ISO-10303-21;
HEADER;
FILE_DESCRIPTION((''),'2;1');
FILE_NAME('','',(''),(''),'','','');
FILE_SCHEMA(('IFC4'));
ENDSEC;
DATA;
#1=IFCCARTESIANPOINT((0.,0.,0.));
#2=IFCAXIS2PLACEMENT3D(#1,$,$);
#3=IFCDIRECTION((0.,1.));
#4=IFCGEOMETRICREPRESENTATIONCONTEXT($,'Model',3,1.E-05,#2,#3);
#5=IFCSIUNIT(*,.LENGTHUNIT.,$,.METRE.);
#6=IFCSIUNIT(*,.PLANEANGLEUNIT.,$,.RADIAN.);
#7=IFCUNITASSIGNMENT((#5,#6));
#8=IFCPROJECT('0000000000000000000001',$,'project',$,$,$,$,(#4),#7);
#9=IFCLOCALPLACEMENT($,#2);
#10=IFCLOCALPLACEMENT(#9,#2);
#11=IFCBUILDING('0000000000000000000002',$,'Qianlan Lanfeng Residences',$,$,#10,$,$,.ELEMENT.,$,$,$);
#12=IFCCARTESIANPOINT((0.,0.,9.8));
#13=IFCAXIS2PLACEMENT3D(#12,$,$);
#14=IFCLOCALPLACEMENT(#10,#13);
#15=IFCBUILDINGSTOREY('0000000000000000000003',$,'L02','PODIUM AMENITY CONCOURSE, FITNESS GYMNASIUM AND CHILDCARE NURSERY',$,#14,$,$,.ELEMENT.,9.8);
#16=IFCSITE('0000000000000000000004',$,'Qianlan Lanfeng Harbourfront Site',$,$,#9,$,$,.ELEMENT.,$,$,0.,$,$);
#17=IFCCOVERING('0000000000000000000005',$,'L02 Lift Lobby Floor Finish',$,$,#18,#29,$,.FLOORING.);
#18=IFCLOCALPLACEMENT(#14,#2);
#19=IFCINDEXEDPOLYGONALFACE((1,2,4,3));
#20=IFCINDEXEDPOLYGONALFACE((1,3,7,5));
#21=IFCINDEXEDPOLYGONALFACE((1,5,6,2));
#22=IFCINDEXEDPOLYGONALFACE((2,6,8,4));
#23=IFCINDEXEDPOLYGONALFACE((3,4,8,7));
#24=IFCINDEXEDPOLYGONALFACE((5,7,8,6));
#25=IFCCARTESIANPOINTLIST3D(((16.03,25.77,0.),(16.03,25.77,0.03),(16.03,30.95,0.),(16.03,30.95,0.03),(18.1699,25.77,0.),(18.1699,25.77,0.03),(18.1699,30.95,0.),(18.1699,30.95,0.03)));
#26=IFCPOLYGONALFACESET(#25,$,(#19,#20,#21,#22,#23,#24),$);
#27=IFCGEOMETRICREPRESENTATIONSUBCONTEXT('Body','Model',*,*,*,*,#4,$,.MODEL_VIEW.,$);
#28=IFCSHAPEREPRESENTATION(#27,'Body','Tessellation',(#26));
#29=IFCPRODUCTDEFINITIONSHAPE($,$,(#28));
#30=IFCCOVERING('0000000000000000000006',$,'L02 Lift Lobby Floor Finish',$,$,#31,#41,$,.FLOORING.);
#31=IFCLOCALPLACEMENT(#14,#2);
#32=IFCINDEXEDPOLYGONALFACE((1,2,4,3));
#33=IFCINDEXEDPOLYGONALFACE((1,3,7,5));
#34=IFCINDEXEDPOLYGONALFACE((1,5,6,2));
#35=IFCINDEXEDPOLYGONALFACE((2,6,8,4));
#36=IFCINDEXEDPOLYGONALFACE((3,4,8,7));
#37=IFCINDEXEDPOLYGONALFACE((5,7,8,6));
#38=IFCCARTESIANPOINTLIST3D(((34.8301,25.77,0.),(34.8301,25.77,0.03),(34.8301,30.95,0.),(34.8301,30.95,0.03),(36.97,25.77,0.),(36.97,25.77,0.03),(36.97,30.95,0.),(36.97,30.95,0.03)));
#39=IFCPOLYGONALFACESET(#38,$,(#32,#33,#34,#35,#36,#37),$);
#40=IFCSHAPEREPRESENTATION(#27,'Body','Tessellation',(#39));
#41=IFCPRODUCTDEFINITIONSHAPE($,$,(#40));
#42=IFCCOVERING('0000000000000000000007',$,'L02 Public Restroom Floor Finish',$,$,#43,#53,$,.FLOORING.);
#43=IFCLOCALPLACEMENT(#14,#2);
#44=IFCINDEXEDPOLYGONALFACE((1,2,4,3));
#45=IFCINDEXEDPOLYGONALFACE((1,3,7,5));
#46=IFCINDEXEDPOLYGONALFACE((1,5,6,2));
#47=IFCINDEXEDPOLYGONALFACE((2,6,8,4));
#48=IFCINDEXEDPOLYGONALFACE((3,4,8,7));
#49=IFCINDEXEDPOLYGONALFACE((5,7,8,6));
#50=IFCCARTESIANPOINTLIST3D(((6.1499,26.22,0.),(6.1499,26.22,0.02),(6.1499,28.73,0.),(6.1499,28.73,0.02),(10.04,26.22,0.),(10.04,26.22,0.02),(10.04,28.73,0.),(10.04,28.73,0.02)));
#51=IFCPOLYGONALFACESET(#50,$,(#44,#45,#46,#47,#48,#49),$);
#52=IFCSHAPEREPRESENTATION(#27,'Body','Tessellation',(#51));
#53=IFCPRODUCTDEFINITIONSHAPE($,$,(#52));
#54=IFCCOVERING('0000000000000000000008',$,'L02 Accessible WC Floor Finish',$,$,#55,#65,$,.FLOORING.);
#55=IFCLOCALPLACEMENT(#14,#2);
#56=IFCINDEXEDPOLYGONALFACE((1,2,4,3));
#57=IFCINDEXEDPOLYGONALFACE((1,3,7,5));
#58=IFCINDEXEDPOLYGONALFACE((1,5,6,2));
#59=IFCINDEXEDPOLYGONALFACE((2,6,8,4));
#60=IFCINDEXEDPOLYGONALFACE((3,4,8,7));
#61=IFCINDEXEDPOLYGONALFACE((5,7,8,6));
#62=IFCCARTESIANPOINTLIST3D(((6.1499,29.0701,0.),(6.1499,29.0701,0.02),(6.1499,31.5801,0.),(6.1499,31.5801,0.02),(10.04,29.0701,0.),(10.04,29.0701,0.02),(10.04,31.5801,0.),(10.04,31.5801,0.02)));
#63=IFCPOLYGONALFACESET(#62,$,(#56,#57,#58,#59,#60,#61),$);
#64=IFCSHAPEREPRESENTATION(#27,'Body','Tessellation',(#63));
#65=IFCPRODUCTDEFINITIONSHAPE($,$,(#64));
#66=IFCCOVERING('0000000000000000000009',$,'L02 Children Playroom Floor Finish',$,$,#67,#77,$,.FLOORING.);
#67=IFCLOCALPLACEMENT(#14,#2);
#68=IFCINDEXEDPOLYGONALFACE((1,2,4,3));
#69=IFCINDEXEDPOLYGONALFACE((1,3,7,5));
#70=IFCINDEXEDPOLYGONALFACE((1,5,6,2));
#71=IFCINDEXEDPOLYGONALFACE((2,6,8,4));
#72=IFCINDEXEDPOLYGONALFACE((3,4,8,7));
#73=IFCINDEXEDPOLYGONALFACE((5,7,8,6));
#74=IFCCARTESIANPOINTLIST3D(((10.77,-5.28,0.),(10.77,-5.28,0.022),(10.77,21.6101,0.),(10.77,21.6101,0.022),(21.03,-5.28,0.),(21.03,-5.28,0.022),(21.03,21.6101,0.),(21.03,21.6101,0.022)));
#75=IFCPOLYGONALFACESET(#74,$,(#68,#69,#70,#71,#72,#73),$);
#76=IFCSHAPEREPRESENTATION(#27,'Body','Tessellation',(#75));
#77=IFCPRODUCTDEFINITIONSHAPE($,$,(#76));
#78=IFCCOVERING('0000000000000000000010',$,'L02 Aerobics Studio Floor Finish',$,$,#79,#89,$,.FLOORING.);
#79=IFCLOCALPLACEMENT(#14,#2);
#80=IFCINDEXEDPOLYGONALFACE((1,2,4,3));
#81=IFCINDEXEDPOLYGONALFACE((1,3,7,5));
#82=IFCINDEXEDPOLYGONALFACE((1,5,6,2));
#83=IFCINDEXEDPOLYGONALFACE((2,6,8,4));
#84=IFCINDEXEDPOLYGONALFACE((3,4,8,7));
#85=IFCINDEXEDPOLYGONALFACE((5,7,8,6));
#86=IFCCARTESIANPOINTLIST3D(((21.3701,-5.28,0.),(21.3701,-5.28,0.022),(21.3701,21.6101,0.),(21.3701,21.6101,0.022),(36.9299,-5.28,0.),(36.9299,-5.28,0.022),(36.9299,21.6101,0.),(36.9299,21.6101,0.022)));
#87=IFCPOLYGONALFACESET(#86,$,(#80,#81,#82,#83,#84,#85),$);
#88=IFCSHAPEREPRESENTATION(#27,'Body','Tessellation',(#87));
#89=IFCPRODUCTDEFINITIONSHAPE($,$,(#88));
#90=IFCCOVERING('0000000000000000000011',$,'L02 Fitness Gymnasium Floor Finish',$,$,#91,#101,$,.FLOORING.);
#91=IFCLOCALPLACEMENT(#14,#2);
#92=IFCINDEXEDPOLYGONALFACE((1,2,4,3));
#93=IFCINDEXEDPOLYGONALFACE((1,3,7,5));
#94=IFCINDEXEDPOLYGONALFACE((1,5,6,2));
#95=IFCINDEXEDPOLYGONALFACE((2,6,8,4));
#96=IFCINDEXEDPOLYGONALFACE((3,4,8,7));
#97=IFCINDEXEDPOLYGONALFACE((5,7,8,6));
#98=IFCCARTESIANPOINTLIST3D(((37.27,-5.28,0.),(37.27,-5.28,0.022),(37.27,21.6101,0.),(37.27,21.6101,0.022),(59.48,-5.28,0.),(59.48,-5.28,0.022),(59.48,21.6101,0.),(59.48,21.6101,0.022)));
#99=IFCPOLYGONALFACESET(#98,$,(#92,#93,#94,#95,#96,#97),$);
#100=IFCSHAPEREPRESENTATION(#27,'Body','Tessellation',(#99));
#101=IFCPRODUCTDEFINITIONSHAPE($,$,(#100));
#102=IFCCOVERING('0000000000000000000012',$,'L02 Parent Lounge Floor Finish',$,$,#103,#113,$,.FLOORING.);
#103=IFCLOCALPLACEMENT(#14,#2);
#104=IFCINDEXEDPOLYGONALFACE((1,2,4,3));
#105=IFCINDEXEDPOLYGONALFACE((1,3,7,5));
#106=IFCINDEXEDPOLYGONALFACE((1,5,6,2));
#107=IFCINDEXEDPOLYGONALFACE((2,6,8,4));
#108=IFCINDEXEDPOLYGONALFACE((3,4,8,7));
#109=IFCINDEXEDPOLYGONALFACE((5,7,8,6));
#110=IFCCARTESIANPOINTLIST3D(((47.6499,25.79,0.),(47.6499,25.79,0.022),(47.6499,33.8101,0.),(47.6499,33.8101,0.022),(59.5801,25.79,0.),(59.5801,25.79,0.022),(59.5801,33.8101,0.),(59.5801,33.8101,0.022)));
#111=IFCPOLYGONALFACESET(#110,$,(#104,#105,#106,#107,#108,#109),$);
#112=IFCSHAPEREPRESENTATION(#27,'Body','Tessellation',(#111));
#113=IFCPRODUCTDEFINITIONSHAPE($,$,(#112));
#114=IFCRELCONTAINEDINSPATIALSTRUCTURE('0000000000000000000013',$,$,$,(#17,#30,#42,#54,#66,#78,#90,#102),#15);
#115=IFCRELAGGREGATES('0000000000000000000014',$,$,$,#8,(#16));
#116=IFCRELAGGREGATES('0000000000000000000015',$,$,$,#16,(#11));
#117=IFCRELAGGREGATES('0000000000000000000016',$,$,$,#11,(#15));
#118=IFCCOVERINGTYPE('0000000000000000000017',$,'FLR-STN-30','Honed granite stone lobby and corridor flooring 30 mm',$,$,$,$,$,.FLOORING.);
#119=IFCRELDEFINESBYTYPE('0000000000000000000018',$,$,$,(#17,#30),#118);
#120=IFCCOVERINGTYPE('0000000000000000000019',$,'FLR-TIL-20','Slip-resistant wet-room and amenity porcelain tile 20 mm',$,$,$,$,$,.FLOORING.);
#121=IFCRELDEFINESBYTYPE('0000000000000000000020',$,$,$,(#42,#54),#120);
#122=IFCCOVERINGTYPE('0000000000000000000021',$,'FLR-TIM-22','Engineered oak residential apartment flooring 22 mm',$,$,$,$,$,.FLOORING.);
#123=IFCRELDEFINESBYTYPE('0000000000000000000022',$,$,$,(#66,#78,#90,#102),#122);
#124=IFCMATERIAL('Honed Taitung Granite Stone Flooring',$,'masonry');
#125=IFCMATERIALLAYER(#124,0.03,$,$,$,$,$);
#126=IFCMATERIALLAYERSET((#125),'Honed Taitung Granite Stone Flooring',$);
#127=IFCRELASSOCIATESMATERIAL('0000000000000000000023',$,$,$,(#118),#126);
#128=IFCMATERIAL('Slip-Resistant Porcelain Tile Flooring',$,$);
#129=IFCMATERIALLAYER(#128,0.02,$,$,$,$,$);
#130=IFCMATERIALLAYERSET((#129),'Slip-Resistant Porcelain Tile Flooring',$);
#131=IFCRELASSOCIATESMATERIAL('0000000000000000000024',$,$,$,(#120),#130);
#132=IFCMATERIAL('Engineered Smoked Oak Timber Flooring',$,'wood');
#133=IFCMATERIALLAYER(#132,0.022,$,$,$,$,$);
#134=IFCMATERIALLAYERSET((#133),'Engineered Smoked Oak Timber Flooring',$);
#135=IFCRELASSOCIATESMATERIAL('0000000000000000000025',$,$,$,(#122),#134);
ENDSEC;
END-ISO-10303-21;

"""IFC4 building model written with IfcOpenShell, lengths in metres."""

from ifc_helpers import new_model, si_unit, direction, frame, origin, place, context, subcontext, project, spatial, polyline, outline, extrude, material, layer, layer_set, type_object, element, save


model = new_model("IFC4")

# Units and contexts
model_context = context("Model", 3, precision=1e-05, world=origin(), true_north=direction((0.0, 1.0)))
body_context = subcontext(model_context, "Body", "Model", "MODEL_VIEW")
ifc_project = project(units=[si_unit("LENGTHUNIT", "METRE"), si_unit("PLANEANGLEUNIT", "RADIAN")], contexts=[model_context])

# Site, building, storey
site_placement = place(None, origin())
site = spatial("IfcSite", under=ifc_project, at=site_placement, Name="Qianlan Lanfeng Harbourfront Site", CompositionType="ELEMENT", RefElevation=0.0)
building_placement = place(site_placement, origin())
building = spatial("IfcBuilding", under=site, at=building_placement, Name="Qianlan Lanfeng Residences", CompositionType="ELEMENT")
storey_placement = place(building_placement, frame((0.0, 0.0, 9.8)))
storey = spatial("IfcBuildingStorey", under=building, at=storey_placement, Name="L02", Description="PODIUM AMENITY CONCOURSE, FITNESS GYMNASIUM AND CHILDCARE NURSERY", CompositionType="ELEMENT", Elevation=9.8)

# Coverings
ifc_material_1 = material(Name="Honed Taitung Granite Stone Flooring", Category="masonry")
ifc_layer_1 = layer(ifc_material_1, 0.03)
ifc_layer_set_1 = layer_set([ifc_layer_1], Name="Honed Taitung Granite Stone Flooring")
covering_type_1 = type_object("IfcCoveringType", Name="FLR-STN-30", Description="Honed granite stone lobby and corridor flooring 30 mm", PredefinedType="FLOORING", material=ifc_layer_set_1)
covering_1_placement = place(storey_placement, origin())
element("IfcCovering", 1, at=covering_1_placement, inside=storey, type_object=covering_type_1, Name="L02 Lift Lobby Floor Finish", PredefinedType="FLOORING", context=body_context, shape_type="SweptSolid", body=[
    extrude(outline(polyline([(16.03, 25.77), (18.1699, 25.77), (18.1699, 30.95), (16.03, 30.95), (16.03, 25.77)])), origin(), (0.0, 0.0, 1.0), 0.03),
])
covering_2_placement = place(storey_placement, origin())
element("IfcCovering", 2, at=covering_2_placement, inside=storey, type_object=covering_type_1, Name="L02 Lift Lobby Floor Finish", PredefinedType="FLOORING", context=body_context, shape_type="SweptSolid", body=[
    extrude(outline(polyline([(34.8301, 25.77), (36.97, 25.77), (36.97, 30.95), (34.8301, 30.95), (34.8301, 25.77)])), origin(), (0.0, 0.0, 1.0), 0.03),
])
ifc_material_2 = material(Name="Slip-Resistant Porcelain Tile Flooring")
ifc_layer_2 = layer(ifc_material_2, 0.02)
ifc_layer_set_2 = layer_set([ifc_layer_2], Name="Slip-Resistant Porcelain Tile Flooring")
covering_type_2 = type_object("IfcCoveringType", Name="FLR-TIL-20", Description="Slip-resistant wet-room and amenity porcelain tile 20 mm", PredefinedType="FLOORING", material=ifc_layer_set_2)
covering_3_placement = place(storey_placement, origin())
element("IfcCovering", 3, at=covering_3_placement, inside=storey, type_object=covering_type_2, Name="L02 Public Restroom Floor Finish", PredefinedType="FLOORING", context=body_context, shape_type="SweptSolid", body=[
    extrude(outline(polyline([(6.1499, 26.22), (10.04, 26.22), (10.04, 28.73), (6.1499, 28.73), (6.1499, 26.22)])), origin(), (0.0, 0.0, 1.0), 0.02),
])
covering_4_placement = place(storey_placement, origin())
element("IfcCovering", 4, at=covering_4_placement, inside=storey, type_object=covering_type_2, Name="L02 Accessible WC Floor Finish", PredefinedType="FLOORING", context=body_context, shape_type="SweptSolid", body=[
    extrude(outline(polyline([(6.1499, 29.0701), (10.04, 29.0701), (10.04, 31.5801), (6.1499, 31.5801), (6.1499, 29.0701)])), origin(), (0.0, 0.0, 1.0), 0.02),
])
ifc_material_3 = material(Name="Engineered Smoked Oak Timber Flooring", Category="wood")
ifc_layer_3 = layer(ifc_material_3, 0.022)
ifc_layer_set_3 = layer_set([ifc_layer_3], Name="Engineered Smoked Oak Timber Flooring")
covering_type_3 = type_object("IfcCoveringType", Name="FLR-TIM-22", Description="Engineered oak residential apartment flooring 22 mm", PredefinedType="FLOORING", material=ifc_layer_set_3)
covering_5_placement = place(storey_placement, origin())
element("IfcCovering", 5, at=covering_5_placement, inside=storey, type_object=covering_type_3, Name="L02 Children Playroom Floor Finish", PredefinedType="FLOORING", context=body_context, shape_type="SweptSolid", body=[
    extrude(outline(polyline([(10.77, -5.28), (21.03, -5.28), (21.03, 21.6101), (10.77, 21.6101), (10.77, -5.28)])), origin(), (0.0, 0.0, 1.0), 0.022),
])
covering_6_placement = place(storey_placement, origin())
element("IfcCovering", 6, at=covering_6_placement, inside=storey, type_object=covering_type_3, Name="L02 Aerobics Studio Floor Finish", PredefinedType="FLOORING", context=body_context, shape_type="SweptSolid", body=[
    extrude(outline(polyline([(21.3701, -5.28), (36.9299, -5.28), (36.9299, 21.6101), (21.3701, 21.6101), (21.3701, -5.28)])), origin(), (0.0, 0.0, 1.0), 0.022),
])
covering_7_placement = place(storey_placement, origin())
element("IfcCovering", 7, at=covering_7_placement, inside=storey, type_object=covering_type_3, Name="L02 Fitness Gymnasium Floor Finish", PredefinedType="FLOORING", context=body_context, shape_type="SweptSolid", body=[
    extrude(outline(polyline([(37.27, -5.28), (59.48, -5.28), (59.48, 21.6101), (37.27, 21.6101), (37.27, -5.28)])), origin(), (0.0, 0.0, 1.0), 0.022),
])
covering_8_placement = place(storey_placement, origin())
element("IfcCovering", 8, at=covering_8_placement, inside=storey, type_object=covering_type_3, Name="L02 Parent Lounge Floor Finish", PredefinedType="FLOORING", context=body_context, shape_type="SweptSolid", body=[
    extrude(outline(polyline([(47.6499, 25.79), (59.5801, 25.79), (59.5801, 33.8101), (47.6499, 33.8101), (47.6499, 25.79)])), origin(), (0.0, 0.0, 1.0), 0.022),
])

save(model, "model.ifc")
